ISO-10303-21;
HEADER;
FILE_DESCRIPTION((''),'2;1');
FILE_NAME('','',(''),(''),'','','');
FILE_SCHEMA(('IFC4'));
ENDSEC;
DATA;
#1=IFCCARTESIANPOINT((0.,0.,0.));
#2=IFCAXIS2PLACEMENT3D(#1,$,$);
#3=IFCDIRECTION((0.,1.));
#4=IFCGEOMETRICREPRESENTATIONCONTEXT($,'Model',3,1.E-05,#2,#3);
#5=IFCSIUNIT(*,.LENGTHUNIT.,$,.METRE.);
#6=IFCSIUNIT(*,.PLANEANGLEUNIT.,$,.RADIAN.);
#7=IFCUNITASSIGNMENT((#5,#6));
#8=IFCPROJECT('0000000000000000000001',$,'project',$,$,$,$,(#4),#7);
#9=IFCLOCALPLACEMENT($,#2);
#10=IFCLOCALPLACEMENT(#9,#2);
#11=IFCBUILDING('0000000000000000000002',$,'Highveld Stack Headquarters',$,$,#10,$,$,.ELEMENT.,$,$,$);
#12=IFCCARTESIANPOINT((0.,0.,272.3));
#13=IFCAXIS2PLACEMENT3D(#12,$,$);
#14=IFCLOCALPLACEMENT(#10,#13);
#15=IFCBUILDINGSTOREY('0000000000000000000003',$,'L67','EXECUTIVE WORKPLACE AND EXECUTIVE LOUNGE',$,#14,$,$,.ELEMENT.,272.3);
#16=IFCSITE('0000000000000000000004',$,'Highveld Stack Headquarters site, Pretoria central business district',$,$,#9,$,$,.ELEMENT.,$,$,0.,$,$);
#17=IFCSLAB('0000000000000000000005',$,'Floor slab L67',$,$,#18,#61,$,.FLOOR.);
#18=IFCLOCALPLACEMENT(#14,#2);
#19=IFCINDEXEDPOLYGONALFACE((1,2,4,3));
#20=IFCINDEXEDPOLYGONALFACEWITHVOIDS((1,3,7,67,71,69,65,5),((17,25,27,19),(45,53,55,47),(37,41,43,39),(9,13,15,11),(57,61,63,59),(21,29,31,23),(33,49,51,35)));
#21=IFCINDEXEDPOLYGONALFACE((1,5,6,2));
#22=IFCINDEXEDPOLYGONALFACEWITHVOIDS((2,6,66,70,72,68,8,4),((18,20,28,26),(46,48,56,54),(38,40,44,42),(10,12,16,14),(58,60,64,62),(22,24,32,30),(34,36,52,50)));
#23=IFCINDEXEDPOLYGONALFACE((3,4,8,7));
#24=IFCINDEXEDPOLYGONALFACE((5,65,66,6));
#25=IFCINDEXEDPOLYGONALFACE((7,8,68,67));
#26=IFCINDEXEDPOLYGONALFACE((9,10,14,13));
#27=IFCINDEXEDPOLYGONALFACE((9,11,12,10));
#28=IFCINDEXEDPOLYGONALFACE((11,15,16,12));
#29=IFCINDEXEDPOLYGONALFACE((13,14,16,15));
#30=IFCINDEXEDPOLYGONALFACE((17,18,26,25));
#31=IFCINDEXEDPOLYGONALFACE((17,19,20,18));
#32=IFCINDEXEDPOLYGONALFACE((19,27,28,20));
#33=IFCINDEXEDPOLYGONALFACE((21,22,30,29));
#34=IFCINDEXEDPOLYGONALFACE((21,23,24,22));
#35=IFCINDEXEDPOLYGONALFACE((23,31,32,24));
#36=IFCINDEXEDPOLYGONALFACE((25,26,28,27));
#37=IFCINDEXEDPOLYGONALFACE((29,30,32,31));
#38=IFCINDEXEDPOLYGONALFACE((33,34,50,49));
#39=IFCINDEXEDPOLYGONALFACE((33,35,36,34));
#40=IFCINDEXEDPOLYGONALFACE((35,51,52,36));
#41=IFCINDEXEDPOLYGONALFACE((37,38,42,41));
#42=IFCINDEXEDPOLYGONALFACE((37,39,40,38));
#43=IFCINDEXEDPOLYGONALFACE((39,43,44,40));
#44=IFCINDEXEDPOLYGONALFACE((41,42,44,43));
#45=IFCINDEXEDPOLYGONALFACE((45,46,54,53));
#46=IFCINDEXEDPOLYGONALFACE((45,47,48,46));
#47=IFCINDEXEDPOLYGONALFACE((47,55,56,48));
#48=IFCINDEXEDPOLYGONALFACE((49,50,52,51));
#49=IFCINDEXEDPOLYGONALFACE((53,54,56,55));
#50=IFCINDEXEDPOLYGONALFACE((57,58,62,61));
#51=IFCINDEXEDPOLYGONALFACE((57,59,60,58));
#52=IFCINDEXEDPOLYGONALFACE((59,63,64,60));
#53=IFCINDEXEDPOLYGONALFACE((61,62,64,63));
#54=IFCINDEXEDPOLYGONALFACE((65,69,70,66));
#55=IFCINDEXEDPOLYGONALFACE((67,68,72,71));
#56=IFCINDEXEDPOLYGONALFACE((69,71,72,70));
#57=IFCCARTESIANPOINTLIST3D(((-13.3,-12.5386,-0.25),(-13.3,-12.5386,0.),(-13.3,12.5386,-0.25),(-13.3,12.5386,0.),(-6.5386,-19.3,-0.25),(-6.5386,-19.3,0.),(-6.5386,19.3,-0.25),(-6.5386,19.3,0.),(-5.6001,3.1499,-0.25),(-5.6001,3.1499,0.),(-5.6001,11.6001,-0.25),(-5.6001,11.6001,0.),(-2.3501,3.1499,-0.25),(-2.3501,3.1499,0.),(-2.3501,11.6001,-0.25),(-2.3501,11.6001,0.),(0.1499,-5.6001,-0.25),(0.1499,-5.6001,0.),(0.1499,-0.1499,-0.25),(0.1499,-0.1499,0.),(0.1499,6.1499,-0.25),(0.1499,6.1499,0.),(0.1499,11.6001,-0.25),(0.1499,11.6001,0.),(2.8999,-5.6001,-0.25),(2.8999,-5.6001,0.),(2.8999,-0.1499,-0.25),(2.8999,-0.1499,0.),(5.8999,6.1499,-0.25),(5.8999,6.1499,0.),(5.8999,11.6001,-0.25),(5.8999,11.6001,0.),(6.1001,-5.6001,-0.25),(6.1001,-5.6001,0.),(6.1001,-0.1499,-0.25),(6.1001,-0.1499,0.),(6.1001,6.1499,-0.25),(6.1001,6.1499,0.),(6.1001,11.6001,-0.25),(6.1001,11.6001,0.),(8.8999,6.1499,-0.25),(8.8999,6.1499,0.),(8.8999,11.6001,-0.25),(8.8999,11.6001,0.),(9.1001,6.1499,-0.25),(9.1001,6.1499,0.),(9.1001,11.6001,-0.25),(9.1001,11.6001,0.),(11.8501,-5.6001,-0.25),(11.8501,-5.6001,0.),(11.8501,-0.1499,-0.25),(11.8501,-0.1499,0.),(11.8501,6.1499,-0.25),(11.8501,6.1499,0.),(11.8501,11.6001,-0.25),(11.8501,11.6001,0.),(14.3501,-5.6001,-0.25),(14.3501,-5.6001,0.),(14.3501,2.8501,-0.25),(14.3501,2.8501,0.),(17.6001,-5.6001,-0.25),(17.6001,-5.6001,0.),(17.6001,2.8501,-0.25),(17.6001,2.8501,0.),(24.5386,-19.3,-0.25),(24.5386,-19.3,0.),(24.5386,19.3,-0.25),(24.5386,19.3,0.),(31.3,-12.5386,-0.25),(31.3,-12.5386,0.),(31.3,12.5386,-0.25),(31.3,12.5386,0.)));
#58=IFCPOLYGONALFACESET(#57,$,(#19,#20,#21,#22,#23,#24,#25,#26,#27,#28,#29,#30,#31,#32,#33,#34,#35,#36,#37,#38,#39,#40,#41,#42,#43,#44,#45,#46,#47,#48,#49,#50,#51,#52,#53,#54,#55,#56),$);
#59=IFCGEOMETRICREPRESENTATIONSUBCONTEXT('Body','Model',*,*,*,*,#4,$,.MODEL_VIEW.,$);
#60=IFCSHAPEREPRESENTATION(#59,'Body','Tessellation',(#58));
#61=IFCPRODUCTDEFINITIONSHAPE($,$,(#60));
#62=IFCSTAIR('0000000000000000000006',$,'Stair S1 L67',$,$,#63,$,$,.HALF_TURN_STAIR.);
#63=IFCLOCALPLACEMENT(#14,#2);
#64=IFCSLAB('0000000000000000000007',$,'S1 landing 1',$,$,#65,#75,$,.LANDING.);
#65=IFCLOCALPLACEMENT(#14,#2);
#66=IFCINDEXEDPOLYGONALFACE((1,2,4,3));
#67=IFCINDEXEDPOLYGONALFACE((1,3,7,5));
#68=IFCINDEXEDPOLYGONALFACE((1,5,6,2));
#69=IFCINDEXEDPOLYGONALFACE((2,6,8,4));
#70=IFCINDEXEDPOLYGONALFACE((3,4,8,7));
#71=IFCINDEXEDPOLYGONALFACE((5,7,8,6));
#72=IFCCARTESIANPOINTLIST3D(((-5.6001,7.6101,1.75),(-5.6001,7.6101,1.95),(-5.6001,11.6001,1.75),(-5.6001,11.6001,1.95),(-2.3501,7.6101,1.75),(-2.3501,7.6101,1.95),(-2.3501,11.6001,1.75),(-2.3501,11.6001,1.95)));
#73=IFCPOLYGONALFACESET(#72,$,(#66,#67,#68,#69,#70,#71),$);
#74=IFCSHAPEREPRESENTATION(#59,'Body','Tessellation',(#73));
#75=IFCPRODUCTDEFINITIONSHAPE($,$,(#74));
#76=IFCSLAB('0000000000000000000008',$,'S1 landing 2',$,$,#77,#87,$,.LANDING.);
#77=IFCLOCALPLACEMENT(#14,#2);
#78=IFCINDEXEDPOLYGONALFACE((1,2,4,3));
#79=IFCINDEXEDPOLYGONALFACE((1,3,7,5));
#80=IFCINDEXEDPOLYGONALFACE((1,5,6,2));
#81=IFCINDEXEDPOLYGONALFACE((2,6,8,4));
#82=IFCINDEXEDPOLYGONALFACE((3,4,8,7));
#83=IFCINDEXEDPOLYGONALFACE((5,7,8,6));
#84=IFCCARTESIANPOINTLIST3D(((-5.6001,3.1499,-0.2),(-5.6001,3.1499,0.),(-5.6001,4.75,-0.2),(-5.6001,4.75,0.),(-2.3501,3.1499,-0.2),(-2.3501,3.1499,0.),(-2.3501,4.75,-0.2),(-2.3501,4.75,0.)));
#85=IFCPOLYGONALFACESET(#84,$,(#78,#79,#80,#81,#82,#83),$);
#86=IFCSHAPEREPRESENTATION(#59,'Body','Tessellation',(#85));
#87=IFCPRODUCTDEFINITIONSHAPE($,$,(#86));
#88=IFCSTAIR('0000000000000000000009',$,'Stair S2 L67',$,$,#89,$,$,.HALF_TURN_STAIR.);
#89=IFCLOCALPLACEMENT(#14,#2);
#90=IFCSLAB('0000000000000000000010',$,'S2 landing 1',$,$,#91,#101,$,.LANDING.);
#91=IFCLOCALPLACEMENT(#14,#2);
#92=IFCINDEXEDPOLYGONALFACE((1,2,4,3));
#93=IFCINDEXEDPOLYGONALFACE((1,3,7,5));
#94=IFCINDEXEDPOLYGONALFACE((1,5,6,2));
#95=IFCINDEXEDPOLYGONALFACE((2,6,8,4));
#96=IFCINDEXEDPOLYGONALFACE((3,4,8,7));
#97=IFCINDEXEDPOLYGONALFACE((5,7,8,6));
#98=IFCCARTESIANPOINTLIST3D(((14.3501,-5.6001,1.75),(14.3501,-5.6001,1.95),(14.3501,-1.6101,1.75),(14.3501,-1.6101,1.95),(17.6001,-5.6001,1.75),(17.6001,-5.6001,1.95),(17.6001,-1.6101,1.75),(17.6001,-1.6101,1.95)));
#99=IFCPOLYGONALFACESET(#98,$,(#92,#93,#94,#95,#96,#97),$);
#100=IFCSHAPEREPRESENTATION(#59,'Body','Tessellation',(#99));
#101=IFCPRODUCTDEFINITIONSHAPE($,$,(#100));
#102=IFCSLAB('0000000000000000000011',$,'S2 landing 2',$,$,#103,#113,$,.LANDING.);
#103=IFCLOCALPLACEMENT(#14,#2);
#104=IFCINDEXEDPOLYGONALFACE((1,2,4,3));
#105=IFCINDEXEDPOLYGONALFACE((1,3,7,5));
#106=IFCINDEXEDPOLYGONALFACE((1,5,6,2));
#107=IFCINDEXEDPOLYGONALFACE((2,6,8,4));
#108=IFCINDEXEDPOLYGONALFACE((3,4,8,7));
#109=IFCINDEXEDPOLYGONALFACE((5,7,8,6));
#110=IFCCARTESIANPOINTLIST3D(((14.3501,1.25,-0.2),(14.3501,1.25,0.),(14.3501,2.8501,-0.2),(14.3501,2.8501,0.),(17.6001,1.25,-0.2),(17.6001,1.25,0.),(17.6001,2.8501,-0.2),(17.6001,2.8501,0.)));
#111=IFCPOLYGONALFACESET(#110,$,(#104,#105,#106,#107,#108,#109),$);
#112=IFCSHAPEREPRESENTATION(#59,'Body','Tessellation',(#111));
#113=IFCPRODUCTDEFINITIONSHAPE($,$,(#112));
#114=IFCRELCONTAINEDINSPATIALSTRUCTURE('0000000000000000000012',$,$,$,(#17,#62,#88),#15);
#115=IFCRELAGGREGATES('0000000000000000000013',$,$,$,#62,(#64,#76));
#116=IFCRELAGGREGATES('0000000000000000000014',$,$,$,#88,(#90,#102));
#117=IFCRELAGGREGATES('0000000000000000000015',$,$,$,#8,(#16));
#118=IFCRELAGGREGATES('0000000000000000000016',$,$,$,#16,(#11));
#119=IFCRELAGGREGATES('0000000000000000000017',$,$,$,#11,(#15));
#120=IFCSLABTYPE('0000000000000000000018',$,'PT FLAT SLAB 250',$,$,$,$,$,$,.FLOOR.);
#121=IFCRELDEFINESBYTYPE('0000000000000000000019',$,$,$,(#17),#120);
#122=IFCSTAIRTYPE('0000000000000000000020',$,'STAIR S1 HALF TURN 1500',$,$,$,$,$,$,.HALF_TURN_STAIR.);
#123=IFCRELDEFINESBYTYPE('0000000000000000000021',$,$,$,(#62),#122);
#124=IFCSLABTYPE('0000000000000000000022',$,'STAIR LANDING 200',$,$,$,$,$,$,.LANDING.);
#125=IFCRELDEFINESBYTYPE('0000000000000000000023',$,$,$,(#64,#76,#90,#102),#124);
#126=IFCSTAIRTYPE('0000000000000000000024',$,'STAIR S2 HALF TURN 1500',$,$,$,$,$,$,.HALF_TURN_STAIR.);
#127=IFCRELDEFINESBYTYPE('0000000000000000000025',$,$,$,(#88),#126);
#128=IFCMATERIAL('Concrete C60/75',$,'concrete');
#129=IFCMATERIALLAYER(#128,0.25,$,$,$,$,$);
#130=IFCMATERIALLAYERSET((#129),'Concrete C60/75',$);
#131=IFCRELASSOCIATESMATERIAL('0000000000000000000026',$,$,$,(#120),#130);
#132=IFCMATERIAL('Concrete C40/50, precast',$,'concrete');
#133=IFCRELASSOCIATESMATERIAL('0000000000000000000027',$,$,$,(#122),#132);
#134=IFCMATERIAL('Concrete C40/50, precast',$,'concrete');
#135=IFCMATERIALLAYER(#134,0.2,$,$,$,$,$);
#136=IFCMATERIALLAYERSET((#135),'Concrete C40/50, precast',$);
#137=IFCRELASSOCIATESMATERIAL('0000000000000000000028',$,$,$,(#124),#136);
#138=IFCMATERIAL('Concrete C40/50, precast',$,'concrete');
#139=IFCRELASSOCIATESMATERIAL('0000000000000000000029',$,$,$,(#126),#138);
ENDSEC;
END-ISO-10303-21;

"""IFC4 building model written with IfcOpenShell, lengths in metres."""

from ifc_helpers import new_model, si_unit, direction, frame, origin, place, context, subcontext, project, spatial, polyline, outline, extrude, material, layer, layer_set, type_object, element, aggregate, save


model = new_model("IFC4")

# Units and contexts
model_context = context("Model", 3, precision=1e-05, world=origin(), true_north=direction((0.0, 1.0)))
body_context = subcontext(model_context, "Body", "Model", "MODEL_VIEW")
ifc_project = project(units=[si_unit("LENGTHUNIT", "METRE"), si_unit("PLANEANGLEUNIT", "RADIAN")], contexts=[model_context])

# Site, building, storey
site_placement = place(None, origin())
site = spatial("IfcSite", under=ifc_project, at=site_placement, Name="Highveld Stack Headquarters site, Pretoria central business district", CompositionType="ELEMENT", RefElevation=0.0)
building_placement = place(site_placement, origin())
building = spatial("IfcBuilding", under=site, at=building_placement, Name="Highveld Stack Headquarters", CompositionType="ELEMENT")
storey_placement = place(building_placement, frame((0.0, 0.0, 272.3)))
storey = spatial("IfcBuildingStorey", under=building, at=storey_placement, Name="L67", Description="EXECUTIVE WORKPLACE AND EXECUTIVE LOUNGE", CompositionType="ELEMENT", Elevation=272.3)

# Slab
ifc_material_1 = material(Name="Concrete C60/75", Category="concrete")
ifc_layer_1 = layer(ifc_material_1, 0.25)
ifc_layer_set_1 = layer_set([ifc_layer_1], Name="Concrete C60/75")
slab_type_1 = type_object("IfcSlabType", Name="PT FLAT SLAB 250", PredefinedType="FLOOR", material=ifc_layer_set_1)
slab_1_placement = place(storey_placement, frame((0.0, 0.0, -0.25)))
element("IfcSlab", 1, at=slab_1_placement, inside=storey, type_object=slab_type_1, Name="Floor slab L67", PredefinedType="FLOOR", context=body_context, shape_type="SweptSolid", body=[
    extrude(outline(polyline([(-6.5386, -19.3), (24.5386, -19.3), (31.3, -12.5386), (31.3, 12.5386), (24.5386, 19.3), (-6.5386, 19.3), (-13.3, 12.5386), (-13.3, -12.5386), (-6.5386, -19.3)]), holes=[polyline([(0.1499, 6.1499), (5.8999, 6.1499), (5.8999, 11.6001), (0.1499, 11.6001), (0.1499, 6.1499)]), polyline([(9.1001, 6.1499), (11.8501, 6.1499), (11.8501, 11.6001), (9.1001, 11.6001), (9.1001, 6.1499)]), polyline([(6.1001, 6.1499), (8.8999, 6.1499), (8.8999, 11.6001), (6.1001, 11.6001), (6.1001, 6.1499)]), polyline([(6.1001, -5.6001), (11.8501, -5.6001), (11.8501, -0.1499), (6.1001, -0.1499), (6.1001, -5.6001)]), polyline([(0.1499, -5.6001), (2.8999, -5.6001), (2.8999, -0.1499), (0.1499, -0.1499), (0.1499, -5.6001)]), polyline([(-5.6001, 3.1499), (-2.3501, 3.1499), (-2.3501, 11.6001), (-5.6001, 11.6001), (-5.6001, 3.1499)]), polyline([(14.3501, -5.6001), (17.6001, -5.6001), (17.6001, 2.8501), (14.3501, 2.8501), (14.3501, -5.6001)])]), origin(), (0.0, 0.0, 1.0), 0.25),
])

# Stairs, slabs
ifc_material_2 = material(Name="Concrete C40/50, precast", Category="concrete")
stair_type_1 = type_object("IfcStairType", Name="STAIR S1 HALF TURN 1500", PredefinedType="HALF_TURN_STAIR", material=ifc_material_2)
stair_1_placement = place(storey_placement, origin())
stair_1 = element("IfcStair", 2, at=stair_1_placement, inside=storey, type_object=stair_type_1, Name="Stair S1 L67", PredefinedType="HALF_TURN_STAIR")
ifc_material_3 = material(Name="Concrete C40/50, precast", Category="concrete")
ifc_layer_2 = layer(ifc_material_3, 0.2)
ifc_layer_set_2 = layer_set([ifc_layer_2], Name="Concrete C40/50, precast")
slab_type_2 = type_object("IfcSlabType", Name="STAIR LANDING 200", PredefinedType="LANDING", material=ifc_layer_set_2)
slab_2_placement = place(storey_placement, frame((0.0, 0.0, 1.75)))
slab_2 = element("IfcSlab", 3, at=slab_2_placement, type_object=slab_type_2, Name="S1 landing 1", PredefinedType="LANDING", context=body_context, shape_type="SweptSolid", body=[
    extrude(outline(polyline([(-5.6001, 7.6101), (-2.3501, 7.6101), (-2.3501, 11.6001), (-5.6001, 11.6001), (-5.6001, 7.6101)])), origin(), (0.0, 0.0, 1.0), 0.2),
])
slab_3_placement = place(storey_placement, frame((0.0, 0.0, -0.2)))
slab_3 = element("IfcSlab", 4, at=slab_3_placement, type_object=slab_type_2, Name="S1 landing 2", PredefinedType="LANDING", context=body_context, shape_type="SweptSolid", body=[
    extrude(outline(polyline([(-5.6001, 3.1499), (-2.3501, 3.1499), (-2.3501, 4.75), (-5.6001, 4.75), (-5.6001, 3.1499)])), origin(), (0.0, 0.0, 1.0), 0.2),
])
aggregate(stair_1, [slab_2, slab_3])
ifc_material_4 = material(Name="Concrete C40/50, precast", Category="concrete")
stair_type_2 = type_object("IfcStairType", Name="STAIR S2 HALF TURN 1500", PredefinedType="HALF_TURN_STAIR", material=ifc_material_4)
stair_2_placement = place(storey_placement, origin())
stair_2 = element("IfcStair", 5, at=stair_2_placement, inside=storey, type_object=stair_type_2, Name="Stair S2 L67", PredefinedType="HALF_TURN_STAIR")
slab_4_placement = place(storey_placement, frame((0.0, 0.0, 1.75)))
slab_4 = element("IfcSlab", 6, at=slab_4_placement, type_object=slab_type_2, Name="S2 landing 1", PredefinedType="LANDING", context=body_context, shape_type="SweptSolid", body=[
    extrude(outline(polyline([(14.3501, -5.6001), (17.6001, -5.6001), (17.6001, -1.6101), (14.3501, -1.6101), (14.3501, -5.6001)])), origin(), (0.0, 0.0, 1.0), 0.2),
])
slab_5_placement = place(storey_placement, frame((0.0, 0.0, -0.2)))
slab_5 = element("IfcSlab", 7, at=slab_5_placement, type_object=slab_type_2, Name="S2 landing 2", PredefinedType="LANDING", context=body_context, shape_type="SweptSolid", body=[
    extrude(outline(polyline([(14.3501, 1.25), (17.6001, 1.25), (17.6001, 2.8501), (14.3501, 2.8501), (14.3501, 1.25)])), origin(), (0.0, 0.0, 1.0), 0.2),
])
aggregate(stair_2, [slab_4, slab_5])

save(model, "model.ifc")
